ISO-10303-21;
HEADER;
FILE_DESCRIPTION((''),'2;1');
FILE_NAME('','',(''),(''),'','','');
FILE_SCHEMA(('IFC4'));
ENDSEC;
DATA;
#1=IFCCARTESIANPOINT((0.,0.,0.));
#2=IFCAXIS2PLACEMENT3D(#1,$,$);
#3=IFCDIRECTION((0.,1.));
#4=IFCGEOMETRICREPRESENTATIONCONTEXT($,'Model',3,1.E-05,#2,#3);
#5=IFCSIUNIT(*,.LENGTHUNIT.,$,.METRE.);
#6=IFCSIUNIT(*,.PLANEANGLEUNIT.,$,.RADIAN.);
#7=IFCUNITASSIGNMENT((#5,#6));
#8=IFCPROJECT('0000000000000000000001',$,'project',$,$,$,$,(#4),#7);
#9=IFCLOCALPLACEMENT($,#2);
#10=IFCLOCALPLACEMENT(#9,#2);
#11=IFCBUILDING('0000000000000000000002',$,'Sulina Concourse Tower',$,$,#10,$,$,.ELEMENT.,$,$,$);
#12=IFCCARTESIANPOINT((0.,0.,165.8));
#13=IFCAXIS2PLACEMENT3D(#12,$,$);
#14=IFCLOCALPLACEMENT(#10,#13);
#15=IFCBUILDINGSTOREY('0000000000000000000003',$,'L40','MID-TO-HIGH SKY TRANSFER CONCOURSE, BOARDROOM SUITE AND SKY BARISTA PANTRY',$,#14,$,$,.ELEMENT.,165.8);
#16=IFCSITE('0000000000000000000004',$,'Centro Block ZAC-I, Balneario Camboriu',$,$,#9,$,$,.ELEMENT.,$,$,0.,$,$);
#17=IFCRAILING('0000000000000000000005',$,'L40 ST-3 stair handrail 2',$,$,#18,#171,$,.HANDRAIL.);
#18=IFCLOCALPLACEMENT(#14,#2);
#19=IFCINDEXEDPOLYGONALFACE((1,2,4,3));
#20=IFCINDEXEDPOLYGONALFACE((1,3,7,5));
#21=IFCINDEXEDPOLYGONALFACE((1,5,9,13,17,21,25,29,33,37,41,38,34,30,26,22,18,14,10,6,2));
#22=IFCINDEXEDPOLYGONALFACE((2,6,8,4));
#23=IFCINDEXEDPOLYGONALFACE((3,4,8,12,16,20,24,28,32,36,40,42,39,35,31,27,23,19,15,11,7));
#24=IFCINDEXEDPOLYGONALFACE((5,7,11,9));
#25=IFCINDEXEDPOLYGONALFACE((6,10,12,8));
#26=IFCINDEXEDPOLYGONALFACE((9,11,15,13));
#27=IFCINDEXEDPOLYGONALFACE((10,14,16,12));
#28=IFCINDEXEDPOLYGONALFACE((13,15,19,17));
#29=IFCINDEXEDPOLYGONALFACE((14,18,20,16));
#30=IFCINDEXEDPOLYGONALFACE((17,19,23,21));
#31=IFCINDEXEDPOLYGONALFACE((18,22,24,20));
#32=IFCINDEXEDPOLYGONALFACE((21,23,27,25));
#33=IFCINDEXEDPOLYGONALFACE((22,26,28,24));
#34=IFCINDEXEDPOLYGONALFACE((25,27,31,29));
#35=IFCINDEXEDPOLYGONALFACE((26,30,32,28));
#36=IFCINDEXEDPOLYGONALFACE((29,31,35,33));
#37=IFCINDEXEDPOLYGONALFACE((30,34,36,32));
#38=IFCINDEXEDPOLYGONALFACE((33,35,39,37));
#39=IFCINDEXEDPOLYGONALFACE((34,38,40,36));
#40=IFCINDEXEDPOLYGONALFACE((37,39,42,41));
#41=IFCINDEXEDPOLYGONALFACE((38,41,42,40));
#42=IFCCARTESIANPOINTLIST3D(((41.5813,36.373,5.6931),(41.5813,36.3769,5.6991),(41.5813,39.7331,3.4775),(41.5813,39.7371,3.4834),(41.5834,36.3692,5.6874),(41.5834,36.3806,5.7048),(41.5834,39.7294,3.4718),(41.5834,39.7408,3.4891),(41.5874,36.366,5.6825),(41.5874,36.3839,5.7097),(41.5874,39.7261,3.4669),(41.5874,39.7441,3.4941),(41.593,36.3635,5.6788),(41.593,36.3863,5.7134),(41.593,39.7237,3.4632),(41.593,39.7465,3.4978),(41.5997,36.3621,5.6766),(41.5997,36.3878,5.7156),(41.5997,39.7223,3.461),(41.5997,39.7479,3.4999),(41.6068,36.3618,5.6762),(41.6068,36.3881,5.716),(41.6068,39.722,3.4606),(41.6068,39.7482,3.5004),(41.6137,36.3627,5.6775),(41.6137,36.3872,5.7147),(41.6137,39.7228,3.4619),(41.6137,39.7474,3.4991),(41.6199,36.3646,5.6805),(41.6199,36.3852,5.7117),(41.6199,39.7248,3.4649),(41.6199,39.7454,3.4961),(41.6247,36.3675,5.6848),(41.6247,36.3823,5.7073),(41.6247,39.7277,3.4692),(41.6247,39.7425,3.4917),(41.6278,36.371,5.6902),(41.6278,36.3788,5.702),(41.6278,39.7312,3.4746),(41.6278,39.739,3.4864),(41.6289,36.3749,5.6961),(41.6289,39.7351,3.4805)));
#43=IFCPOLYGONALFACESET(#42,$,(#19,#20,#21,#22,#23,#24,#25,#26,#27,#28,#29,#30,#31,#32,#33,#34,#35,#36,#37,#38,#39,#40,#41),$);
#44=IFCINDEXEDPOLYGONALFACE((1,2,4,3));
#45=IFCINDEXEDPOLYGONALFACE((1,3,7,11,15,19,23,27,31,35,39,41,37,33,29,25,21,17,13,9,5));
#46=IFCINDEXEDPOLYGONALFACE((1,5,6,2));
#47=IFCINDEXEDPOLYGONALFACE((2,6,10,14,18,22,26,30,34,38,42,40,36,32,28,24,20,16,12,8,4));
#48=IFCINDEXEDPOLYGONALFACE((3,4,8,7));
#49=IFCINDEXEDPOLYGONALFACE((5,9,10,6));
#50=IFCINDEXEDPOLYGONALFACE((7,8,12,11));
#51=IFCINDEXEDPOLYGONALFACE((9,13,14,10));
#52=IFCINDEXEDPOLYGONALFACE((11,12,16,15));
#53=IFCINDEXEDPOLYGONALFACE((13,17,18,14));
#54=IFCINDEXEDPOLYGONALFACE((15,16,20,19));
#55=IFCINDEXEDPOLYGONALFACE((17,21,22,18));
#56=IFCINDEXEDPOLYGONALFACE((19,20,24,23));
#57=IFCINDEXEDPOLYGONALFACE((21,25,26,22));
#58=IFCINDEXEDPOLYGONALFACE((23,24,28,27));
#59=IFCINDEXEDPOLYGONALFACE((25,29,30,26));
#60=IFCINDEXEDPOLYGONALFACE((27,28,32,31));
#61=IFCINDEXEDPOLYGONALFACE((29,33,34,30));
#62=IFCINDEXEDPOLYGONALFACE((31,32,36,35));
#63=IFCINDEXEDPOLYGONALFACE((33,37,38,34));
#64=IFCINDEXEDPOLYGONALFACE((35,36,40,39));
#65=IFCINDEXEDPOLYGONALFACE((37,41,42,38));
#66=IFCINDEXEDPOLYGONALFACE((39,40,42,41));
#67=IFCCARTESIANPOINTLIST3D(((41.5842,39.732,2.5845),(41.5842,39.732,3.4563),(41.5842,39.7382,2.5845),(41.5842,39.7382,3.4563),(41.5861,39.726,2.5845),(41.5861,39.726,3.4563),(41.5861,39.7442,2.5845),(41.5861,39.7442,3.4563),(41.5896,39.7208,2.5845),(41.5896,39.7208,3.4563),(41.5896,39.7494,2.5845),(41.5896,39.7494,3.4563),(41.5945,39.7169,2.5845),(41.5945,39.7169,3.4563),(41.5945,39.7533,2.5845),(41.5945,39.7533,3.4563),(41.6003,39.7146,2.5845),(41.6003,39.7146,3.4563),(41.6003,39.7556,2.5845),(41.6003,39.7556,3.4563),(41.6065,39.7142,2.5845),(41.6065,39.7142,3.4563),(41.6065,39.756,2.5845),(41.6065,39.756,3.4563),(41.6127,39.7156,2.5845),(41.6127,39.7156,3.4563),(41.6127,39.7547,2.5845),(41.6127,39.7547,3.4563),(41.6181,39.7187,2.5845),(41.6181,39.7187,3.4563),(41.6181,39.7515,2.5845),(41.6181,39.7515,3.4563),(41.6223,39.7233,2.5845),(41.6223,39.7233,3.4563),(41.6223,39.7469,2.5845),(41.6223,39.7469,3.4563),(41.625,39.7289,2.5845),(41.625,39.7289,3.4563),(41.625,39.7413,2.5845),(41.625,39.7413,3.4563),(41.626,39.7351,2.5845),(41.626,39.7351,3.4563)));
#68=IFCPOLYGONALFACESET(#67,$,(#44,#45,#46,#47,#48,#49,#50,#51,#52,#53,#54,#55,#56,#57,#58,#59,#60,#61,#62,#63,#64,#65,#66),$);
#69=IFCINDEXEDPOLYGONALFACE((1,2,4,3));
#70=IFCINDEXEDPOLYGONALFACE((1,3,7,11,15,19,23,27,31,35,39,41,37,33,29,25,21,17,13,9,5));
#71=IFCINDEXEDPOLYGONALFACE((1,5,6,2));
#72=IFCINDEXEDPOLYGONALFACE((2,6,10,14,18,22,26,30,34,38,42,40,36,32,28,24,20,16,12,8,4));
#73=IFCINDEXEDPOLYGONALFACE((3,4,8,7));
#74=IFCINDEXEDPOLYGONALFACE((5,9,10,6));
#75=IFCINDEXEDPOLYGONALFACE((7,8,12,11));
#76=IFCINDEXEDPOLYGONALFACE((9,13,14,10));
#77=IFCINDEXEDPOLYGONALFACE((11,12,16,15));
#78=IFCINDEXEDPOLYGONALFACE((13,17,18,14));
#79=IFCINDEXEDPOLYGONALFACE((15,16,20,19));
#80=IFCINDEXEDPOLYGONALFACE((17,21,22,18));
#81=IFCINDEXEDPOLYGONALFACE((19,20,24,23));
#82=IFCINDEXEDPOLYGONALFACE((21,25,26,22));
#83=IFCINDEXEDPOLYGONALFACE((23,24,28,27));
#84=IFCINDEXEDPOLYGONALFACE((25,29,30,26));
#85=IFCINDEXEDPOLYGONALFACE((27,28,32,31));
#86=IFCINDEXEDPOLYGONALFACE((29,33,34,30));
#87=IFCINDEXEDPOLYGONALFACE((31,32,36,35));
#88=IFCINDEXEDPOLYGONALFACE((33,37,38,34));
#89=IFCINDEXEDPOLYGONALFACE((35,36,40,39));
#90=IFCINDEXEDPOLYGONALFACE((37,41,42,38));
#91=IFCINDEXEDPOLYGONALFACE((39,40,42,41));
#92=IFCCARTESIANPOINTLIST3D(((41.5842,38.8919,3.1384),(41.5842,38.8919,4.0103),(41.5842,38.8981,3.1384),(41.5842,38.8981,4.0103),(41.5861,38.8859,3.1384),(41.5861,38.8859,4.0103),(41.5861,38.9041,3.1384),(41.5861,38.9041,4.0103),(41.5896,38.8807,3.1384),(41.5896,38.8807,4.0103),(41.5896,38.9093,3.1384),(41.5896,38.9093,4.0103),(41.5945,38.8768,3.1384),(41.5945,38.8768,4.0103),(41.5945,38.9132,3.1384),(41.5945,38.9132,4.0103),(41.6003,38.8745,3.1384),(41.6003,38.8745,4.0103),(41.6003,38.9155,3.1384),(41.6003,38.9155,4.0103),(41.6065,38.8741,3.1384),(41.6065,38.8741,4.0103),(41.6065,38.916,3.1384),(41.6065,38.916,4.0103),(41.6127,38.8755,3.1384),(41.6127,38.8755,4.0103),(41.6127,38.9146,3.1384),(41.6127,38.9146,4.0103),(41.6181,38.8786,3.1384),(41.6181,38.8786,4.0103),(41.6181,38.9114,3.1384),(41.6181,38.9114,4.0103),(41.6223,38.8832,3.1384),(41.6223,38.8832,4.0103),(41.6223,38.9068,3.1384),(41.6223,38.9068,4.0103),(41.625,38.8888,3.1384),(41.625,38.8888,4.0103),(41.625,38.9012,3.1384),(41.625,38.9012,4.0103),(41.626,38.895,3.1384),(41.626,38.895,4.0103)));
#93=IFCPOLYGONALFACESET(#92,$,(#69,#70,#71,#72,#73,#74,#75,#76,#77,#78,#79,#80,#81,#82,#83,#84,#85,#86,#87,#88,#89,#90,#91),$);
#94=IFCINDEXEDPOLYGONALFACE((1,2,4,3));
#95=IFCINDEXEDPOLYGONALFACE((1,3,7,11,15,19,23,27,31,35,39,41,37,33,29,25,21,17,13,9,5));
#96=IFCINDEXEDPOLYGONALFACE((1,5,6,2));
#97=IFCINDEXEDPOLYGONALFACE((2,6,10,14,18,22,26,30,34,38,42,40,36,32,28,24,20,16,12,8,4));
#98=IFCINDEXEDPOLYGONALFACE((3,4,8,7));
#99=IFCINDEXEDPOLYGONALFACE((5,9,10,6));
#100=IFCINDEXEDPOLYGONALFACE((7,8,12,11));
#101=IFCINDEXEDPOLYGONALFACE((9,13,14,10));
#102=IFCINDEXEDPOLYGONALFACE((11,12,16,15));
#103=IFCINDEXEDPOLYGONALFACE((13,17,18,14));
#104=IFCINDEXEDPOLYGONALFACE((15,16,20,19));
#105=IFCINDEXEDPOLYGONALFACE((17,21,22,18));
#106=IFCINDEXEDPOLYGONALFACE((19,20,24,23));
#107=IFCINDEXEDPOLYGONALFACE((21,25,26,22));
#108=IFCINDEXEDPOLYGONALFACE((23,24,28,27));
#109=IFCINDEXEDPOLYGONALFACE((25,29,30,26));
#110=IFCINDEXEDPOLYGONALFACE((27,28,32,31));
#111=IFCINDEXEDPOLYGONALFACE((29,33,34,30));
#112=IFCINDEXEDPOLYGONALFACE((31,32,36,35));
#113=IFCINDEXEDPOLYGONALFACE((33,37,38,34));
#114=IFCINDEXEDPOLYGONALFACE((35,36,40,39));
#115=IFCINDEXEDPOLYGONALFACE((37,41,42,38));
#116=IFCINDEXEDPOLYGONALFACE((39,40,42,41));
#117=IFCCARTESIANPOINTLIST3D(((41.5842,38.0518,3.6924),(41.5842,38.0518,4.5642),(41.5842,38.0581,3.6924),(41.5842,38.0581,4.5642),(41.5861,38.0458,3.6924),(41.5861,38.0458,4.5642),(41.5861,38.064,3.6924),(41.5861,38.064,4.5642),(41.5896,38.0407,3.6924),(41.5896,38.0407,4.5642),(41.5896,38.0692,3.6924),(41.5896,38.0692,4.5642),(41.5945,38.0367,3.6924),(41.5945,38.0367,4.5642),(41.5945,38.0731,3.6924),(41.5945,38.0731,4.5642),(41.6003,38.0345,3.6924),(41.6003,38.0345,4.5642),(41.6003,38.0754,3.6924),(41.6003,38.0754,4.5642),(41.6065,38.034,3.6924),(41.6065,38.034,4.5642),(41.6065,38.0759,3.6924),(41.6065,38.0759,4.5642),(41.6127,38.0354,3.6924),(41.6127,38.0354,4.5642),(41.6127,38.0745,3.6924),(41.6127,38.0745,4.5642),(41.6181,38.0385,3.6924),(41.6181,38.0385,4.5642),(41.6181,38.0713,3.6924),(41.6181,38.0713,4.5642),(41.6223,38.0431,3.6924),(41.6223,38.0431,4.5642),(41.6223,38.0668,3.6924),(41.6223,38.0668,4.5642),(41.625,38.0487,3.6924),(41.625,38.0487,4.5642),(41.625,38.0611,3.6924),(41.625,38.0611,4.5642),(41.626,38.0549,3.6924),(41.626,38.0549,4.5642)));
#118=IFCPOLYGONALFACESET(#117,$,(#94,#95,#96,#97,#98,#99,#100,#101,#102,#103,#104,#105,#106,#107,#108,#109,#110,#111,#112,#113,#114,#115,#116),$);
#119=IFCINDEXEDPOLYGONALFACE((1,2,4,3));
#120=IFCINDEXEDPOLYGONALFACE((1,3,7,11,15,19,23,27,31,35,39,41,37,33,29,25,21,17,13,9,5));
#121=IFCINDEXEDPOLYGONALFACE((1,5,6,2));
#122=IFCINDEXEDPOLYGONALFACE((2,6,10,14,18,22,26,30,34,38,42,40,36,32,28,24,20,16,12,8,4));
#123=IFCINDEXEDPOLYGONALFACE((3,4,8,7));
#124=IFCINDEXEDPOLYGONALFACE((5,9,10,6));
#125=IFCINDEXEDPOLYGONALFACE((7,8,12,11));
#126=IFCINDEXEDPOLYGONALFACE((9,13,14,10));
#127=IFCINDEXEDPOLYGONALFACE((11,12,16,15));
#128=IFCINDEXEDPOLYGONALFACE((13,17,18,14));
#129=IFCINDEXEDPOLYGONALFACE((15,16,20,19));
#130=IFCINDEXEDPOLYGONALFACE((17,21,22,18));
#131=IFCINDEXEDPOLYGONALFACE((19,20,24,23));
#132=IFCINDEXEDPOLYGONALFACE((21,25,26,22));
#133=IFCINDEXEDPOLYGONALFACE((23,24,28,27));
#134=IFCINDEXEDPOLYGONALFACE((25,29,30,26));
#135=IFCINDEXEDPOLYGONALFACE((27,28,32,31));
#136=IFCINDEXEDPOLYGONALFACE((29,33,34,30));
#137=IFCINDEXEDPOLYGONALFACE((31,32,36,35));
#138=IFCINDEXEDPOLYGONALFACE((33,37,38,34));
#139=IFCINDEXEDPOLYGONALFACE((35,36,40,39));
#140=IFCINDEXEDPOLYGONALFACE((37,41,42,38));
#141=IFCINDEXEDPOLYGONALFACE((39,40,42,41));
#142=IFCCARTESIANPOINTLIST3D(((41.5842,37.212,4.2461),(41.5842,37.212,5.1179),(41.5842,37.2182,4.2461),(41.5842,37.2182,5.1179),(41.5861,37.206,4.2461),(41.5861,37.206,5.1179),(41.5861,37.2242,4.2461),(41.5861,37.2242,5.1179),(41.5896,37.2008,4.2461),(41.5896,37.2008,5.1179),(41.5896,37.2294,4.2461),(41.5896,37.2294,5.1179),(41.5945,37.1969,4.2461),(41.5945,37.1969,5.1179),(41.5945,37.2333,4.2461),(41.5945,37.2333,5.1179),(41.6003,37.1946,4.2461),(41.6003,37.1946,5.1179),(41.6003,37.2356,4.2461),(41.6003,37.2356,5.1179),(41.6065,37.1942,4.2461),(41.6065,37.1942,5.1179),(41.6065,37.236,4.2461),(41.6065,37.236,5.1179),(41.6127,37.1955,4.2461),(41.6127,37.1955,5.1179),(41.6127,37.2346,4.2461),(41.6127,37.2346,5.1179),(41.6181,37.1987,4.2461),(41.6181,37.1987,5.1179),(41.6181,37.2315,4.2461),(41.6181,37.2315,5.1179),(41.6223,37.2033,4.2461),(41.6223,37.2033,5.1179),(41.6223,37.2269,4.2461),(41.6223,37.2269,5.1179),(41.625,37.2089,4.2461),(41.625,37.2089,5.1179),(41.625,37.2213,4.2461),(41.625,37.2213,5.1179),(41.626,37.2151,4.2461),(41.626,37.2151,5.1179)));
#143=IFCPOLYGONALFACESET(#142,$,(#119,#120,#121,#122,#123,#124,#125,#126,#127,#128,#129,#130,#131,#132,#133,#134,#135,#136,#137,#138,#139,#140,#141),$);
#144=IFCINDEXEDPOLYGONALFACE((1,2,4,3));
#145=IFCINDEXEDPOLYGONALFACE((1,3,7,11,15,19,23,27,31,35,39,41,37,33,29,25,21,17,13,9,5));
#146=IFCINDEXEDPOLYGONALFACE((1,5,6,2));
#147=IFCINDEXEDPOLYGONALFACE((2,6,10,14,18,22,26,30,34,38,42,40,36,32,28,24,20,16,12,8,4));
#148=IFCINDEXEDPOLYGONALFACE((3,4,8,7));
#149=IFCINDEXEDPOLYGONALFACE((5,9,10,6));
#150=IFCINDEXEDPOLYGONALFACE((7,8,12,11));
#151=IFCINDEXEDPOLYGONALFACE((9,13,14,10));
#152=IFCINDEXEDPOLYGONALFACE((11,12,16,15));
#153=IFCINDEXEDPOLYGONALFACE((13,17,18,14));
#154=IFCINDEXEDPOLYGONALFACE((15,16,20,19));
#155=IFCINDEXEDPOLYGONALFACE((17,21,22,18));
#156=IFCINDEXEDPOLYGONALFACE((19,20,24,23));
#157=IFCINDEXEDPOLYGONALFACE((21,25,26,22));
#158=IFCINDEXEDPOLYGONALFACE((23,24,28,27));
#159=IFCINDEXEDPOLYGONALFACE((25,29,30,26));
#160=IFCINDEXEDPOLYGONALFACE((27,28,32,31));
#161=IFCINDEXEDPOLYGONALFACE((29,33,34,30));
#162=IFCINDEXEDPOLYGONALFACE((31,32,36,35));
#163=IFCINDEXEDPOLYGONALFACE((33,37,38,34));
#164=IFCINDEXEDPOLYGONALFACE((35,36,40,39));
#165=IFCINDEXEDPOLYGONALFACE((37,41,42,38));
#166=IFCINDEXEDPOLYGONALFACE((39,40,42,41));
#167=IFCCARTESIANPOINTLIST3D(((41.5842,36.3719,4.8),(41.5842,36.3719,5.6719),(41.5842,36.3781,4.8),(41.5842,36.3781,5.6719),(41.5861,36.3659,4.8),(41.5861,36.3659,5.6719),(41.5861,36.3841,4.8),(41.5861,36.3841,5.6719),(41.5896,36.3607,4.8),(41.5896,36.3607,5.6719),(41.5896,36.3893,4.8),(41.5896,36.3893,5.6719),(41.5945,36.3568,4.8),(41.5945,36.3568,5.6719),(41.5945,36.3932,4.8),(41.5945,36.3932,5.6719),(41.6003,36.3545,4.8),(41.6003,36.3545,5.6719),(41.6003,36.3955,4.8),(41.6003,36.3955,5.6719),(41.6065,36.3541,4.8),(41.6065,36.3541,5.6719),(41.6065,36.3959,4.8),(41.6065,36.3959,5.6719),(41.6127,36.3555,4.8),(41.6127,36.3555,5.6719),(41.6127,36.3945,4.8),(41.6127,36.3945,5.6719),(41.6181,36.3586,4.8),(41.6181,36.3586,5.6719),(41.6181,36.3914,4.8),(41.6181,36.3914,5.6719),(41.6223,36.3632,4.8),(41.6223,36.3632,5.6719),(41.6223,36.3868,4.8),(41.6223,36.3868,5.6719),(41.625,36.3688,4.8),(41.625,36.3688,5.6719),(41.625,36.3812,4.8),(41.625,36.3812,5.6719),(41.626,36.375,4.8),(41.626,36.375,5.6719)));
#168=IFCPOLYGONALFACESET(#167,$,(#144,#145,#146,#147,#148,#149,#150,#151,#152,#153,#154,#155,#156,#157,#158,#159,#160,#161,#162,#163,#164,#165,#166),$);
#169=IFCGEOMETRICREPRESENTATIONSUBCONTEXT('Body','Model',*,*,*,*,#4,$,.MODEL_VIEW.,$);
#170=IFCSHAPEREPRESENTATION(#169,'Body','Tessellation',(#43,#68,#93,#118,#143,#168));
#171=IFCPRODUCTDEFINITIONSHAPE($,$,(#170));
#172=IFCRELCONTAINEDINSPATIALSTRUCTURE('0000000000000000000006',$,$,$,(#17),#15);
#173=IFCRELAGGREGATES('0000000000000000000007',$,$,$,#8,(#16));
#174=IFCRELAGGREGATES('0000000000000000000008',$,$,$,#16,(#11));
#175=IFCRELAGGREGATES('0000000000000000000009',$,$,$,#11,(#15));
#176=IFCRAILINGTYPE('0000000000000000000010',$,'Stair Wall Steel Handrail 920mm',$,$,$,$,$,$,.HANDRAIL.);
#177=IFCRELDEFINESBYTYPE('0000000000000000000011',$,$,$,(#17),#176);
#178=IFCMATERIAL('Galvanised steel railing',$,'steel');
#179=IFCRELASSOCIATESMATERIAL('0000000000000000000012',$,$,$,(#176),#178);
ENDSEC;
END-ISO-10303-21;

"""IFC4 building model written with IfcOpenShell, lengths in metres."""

from ifc_helpers import new_model, si_unit, direction, frame, origin, origin_2d, place, context, subcontext, project, spatial, circle, extrude, material, type_object, element, save


model = new_model("IFC4")

# Units and contexts
model_context = context("Model", 3, precision=1e-05, world=origin(), true_north=direction((0.0, 1.0)))
body_context = subcontext(model_context, "Body", "Model", "MODEL_VIEW")
ifc_project = project(units=[si_unit("LENGTHUNIT", "METRE"), si_unit("PLANEANGLEUNIT", "RADIAN")], contexts=[model_context])

# Site, building, storey
site_placement = place(None, origin())
site = spatial("IfcSite", under=ifc_project, at=site_placement, Name="Centro Block ZAC-I, Balneario Camboriu", CompositionType="ELEMENT", RefElevation=0.0)
building_placement = place(site_placement, origin())
building = spatial("IfcBuilding", under=site, at=building_placement, Name="Sulina Concourse Tower", CompositionType="ELEMENT")
storey_placement = place(building_placement, frame((0.0, 0.0, 165.8)))
storey = spatial("IfcBuildingStorey", under=building, at=storey_placement, Name="L40", Description="MID-TO-HIGH SKY TRANSFER CONCOURSE, BOARDROOM SUITE AND SKY BARISTA PANTRY", CompositionType="ELEMENT", Elevation=165.8)

# Railing
ifc_material_1 = material(Name="Galvanised steel railing", Category="steel")
railing_type_1 = type_object("IfcRailingType", Name="Stair Wall Steel Handrail 920mm", PredefinedType="HANDRAIL", material=ifc_material_1)
railing_1_placement = place(storey_placement, frame((41.605, 39.7351, 2.5845)))
element("IfcRailing", 1, at=railing_1_placement, inside=storey, type_object=railing_type_1, Name="L40 ST-3 stair handrail 2", PredefinedType="HANDRAIL", context=body_context, shape_type="SweptSolid", body=[
    extrude(circle(Radius=0.0239, at=origin_2d()), frame((0.0, 0.0, 0.896), z_axis=(0.0, -0.834849, 0.55048), x_axis=(1.0, 0.0, 0.0)), (0.0, 0.0, 1.0), 4.0249),
    extrude(circle(Radius=0.021, at=origin_2d()), origin(), (0.0, 0.0, 1.0), 0.8718),
    extrude(circle(Radius=0.021, at=origin_2d()), frame((0.0, -0.8401, 0.554)), (0.0, 0.0, 1.0), 0.8718),
    extrude(circle(Radius=0.021, at=origin_2d()), frame((0.0, -1.6802, 1.1079)), (0.0, 0.0, 1.0), 0.8718),
    extrude(circle(Radius=0.021, at=origin_2d()), frame((0.0, -2.52, 1.6616)), (0.0, 0.0, 1.0), 0.8718),
    extrude(circle(Radius=0.021, at=origin_2d()), frame((0.0, -3.3601, 2.2156)), (0.0, 0.0, 1.0), 0.8718),
])

save(model, "model.ifc")
